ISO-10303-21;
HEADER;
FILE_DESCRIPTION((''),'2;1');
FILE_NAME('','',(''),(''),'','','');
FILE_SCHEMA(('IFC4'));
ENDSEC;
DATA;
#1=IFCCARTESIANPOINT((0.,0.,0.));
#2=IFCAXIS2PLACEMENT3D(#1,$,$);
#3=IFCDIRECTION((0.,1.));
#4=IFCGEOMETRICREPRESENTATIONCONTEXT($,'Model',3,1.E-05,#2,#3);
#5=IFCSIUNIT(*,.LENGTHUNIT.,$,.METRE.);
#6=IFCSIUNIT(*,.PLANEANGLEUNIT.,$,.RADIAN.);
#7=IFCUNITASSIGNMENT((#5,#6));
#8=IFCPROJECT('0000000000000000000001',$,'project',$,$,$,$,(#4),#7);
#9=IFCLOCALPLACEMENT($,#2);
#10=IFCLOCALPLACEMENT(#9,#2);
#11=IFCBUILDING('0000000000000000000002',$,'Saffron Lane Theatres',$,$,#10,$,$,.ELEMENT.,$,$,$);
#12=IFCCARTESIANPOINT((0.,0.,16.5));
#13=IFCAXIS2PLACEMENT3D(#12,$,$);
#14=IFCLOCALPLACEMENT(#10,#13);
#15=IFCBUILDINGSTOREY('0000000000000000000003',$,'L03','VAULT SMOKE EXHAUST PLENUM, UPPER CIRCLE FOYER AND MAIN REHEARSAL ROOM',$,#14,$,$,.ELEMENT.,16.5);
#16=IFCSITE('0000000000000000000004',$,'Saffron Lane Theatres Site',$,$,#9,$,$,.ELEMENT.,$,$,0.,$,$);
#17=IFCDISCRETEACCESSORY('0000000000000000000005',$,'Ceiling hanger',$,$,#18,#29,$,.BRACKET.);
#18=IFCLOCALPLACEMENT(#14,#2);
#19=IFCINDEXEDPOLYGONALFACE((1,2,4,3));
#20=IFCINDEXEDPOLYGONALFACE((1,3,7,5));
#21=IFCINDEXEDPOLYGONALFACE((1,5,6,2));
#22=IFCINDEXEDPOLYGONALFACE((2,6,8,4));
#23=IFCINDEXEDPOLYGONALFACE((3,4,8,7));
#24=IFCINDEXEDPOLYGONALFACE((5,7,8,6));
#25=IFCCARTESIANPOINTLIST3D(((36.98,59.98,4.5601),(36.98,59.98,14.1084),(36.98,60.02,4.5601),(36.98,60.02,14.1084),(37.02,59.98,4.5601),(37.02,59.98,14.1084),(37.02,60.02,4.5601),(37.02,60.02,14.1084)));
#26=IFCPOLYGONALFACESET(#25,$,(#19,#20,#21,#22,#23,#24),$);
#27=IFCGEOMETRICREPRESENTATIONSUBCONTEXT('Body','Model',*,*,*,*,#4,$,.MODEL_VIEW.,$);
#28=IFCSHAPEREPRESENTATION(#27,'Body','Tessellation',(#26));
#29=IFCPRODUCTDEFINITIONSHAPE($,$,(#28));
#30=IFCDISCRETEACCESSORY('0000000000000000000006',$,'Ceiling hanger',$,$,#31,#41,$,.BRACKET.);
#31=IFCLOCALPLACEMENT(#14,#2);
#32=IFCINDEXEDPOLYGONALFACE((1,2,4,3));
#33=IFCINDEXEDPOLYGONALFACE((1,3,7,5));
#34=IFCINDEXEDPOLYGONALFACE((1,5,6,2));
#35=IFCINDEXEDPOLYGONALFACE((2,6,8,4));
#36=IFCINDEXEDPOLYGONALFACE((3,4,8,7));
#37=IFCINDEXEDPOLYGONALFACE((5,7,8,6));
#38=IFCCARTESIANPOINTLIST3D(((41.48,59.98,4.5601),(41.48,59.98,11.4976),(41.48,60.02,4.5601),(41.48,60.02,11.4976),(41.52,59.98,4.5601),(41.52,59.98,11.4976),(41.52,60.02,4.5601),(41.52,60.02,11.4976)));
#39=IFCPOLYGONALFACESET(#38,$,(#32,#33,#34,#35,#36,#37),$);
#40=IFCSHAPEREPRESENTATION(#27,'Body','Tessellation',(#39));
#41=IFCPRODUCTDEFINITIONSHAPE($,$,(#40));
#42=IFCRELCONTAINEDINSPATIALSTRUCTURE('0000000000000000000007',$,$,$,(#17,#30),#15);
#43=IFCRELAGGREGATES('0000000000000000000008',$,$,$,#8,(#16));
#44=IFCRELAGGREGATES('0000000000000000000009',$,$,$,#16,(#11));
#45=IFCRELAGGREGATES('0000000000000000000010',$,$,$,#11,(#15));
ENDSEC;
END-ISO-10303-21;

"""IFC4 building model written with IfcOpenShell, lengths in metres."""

from ifc_helpers import new_model, si_unit, direction, frame, origin, origin_2d, place, context, subcontext, project, spatial, rectangle, extrude, element, save


model = new_model("IFC4")

# Units and contexts
model_context = context("Model", 3, precision=1e-05, world=origin(), true_north=direction((0.0, 1.0)))
body_context = subcontext(model_context, "Body", "Model", "MODEL_VIEW")
ifc_project = project(units=[si_unit("LENGTHUNIT", "METRE"), si_unit("PLANEANGLEUNIT", "RADIAN")], contexts=[model_context])

# Site, building, storey
site_placement = place(None, origin())
site = spatial("IfcSite", under=ifc_project, at=site_placement, Name="Saffron Lane Theatres Site", CompositionType="ELEMENT", RefElevation=0.0)
building_placement = place(site_placement, origin())
building = spatial("IfcBuilding", under=site, at=building_placement, Name="Saffron Lane Theatres", CompositionType="ELEMENT")
storey_placement = place(building_placement, frame((0.0, 0.0, 16.5)))
storey = spatial("IfcBuildingStorey", under=building, at=storey_placement, Name="L03", Description="VAULT SMOKE EXHAUST PLENUM, UPPER CIRCLE FOYER AND MAIN REHEARSAL ROOM", CompositionType="ELEMENT", Elevation=16.5)

# Discrete accessories
discrete_accessory_1_placement = place(storey_placement, frame((37.0, 60.0, 4.5601), z_axis=(0.0, 0.0, 1.0), x_axis=(1.0, 0.0, 0.0)))
element("IfcDiscreteAccessory", 1, at=discrete_accessory_1_placement, inside=storey, Name="Ceiling hanger", PredefinedType="BRACKET", context=body_context, shape_type="SweptSolid", body=[
    extrude(rectangle(XDim=0.04, YDim=0.04, at=origin_2d()), origin(), (0.0, 0.0, 1.0), 9.5483),
])
discrete_accessory_2_placement = place(storey_placement, frame((41.5, 60.0, 4.5601), z_axis=(0.0, 0.0, 1.0), x_axis=(1.0, 0.0, 0.0)))
element("IfcDiscreteAccessory", 2, at=discrete_accessory_2_placement, inside=storey, Name="Ceiling hanger", PredefinedType="BRACKET", context=body_context, shape_type="SweptSolid", body=[
    extrude(rectangle(XDim=0.04, YDim=0.04, at=origin_2d()), origin(), (0.0, 0.0, 1.0), 6.9375),
])

save(model, "model.ifc")
